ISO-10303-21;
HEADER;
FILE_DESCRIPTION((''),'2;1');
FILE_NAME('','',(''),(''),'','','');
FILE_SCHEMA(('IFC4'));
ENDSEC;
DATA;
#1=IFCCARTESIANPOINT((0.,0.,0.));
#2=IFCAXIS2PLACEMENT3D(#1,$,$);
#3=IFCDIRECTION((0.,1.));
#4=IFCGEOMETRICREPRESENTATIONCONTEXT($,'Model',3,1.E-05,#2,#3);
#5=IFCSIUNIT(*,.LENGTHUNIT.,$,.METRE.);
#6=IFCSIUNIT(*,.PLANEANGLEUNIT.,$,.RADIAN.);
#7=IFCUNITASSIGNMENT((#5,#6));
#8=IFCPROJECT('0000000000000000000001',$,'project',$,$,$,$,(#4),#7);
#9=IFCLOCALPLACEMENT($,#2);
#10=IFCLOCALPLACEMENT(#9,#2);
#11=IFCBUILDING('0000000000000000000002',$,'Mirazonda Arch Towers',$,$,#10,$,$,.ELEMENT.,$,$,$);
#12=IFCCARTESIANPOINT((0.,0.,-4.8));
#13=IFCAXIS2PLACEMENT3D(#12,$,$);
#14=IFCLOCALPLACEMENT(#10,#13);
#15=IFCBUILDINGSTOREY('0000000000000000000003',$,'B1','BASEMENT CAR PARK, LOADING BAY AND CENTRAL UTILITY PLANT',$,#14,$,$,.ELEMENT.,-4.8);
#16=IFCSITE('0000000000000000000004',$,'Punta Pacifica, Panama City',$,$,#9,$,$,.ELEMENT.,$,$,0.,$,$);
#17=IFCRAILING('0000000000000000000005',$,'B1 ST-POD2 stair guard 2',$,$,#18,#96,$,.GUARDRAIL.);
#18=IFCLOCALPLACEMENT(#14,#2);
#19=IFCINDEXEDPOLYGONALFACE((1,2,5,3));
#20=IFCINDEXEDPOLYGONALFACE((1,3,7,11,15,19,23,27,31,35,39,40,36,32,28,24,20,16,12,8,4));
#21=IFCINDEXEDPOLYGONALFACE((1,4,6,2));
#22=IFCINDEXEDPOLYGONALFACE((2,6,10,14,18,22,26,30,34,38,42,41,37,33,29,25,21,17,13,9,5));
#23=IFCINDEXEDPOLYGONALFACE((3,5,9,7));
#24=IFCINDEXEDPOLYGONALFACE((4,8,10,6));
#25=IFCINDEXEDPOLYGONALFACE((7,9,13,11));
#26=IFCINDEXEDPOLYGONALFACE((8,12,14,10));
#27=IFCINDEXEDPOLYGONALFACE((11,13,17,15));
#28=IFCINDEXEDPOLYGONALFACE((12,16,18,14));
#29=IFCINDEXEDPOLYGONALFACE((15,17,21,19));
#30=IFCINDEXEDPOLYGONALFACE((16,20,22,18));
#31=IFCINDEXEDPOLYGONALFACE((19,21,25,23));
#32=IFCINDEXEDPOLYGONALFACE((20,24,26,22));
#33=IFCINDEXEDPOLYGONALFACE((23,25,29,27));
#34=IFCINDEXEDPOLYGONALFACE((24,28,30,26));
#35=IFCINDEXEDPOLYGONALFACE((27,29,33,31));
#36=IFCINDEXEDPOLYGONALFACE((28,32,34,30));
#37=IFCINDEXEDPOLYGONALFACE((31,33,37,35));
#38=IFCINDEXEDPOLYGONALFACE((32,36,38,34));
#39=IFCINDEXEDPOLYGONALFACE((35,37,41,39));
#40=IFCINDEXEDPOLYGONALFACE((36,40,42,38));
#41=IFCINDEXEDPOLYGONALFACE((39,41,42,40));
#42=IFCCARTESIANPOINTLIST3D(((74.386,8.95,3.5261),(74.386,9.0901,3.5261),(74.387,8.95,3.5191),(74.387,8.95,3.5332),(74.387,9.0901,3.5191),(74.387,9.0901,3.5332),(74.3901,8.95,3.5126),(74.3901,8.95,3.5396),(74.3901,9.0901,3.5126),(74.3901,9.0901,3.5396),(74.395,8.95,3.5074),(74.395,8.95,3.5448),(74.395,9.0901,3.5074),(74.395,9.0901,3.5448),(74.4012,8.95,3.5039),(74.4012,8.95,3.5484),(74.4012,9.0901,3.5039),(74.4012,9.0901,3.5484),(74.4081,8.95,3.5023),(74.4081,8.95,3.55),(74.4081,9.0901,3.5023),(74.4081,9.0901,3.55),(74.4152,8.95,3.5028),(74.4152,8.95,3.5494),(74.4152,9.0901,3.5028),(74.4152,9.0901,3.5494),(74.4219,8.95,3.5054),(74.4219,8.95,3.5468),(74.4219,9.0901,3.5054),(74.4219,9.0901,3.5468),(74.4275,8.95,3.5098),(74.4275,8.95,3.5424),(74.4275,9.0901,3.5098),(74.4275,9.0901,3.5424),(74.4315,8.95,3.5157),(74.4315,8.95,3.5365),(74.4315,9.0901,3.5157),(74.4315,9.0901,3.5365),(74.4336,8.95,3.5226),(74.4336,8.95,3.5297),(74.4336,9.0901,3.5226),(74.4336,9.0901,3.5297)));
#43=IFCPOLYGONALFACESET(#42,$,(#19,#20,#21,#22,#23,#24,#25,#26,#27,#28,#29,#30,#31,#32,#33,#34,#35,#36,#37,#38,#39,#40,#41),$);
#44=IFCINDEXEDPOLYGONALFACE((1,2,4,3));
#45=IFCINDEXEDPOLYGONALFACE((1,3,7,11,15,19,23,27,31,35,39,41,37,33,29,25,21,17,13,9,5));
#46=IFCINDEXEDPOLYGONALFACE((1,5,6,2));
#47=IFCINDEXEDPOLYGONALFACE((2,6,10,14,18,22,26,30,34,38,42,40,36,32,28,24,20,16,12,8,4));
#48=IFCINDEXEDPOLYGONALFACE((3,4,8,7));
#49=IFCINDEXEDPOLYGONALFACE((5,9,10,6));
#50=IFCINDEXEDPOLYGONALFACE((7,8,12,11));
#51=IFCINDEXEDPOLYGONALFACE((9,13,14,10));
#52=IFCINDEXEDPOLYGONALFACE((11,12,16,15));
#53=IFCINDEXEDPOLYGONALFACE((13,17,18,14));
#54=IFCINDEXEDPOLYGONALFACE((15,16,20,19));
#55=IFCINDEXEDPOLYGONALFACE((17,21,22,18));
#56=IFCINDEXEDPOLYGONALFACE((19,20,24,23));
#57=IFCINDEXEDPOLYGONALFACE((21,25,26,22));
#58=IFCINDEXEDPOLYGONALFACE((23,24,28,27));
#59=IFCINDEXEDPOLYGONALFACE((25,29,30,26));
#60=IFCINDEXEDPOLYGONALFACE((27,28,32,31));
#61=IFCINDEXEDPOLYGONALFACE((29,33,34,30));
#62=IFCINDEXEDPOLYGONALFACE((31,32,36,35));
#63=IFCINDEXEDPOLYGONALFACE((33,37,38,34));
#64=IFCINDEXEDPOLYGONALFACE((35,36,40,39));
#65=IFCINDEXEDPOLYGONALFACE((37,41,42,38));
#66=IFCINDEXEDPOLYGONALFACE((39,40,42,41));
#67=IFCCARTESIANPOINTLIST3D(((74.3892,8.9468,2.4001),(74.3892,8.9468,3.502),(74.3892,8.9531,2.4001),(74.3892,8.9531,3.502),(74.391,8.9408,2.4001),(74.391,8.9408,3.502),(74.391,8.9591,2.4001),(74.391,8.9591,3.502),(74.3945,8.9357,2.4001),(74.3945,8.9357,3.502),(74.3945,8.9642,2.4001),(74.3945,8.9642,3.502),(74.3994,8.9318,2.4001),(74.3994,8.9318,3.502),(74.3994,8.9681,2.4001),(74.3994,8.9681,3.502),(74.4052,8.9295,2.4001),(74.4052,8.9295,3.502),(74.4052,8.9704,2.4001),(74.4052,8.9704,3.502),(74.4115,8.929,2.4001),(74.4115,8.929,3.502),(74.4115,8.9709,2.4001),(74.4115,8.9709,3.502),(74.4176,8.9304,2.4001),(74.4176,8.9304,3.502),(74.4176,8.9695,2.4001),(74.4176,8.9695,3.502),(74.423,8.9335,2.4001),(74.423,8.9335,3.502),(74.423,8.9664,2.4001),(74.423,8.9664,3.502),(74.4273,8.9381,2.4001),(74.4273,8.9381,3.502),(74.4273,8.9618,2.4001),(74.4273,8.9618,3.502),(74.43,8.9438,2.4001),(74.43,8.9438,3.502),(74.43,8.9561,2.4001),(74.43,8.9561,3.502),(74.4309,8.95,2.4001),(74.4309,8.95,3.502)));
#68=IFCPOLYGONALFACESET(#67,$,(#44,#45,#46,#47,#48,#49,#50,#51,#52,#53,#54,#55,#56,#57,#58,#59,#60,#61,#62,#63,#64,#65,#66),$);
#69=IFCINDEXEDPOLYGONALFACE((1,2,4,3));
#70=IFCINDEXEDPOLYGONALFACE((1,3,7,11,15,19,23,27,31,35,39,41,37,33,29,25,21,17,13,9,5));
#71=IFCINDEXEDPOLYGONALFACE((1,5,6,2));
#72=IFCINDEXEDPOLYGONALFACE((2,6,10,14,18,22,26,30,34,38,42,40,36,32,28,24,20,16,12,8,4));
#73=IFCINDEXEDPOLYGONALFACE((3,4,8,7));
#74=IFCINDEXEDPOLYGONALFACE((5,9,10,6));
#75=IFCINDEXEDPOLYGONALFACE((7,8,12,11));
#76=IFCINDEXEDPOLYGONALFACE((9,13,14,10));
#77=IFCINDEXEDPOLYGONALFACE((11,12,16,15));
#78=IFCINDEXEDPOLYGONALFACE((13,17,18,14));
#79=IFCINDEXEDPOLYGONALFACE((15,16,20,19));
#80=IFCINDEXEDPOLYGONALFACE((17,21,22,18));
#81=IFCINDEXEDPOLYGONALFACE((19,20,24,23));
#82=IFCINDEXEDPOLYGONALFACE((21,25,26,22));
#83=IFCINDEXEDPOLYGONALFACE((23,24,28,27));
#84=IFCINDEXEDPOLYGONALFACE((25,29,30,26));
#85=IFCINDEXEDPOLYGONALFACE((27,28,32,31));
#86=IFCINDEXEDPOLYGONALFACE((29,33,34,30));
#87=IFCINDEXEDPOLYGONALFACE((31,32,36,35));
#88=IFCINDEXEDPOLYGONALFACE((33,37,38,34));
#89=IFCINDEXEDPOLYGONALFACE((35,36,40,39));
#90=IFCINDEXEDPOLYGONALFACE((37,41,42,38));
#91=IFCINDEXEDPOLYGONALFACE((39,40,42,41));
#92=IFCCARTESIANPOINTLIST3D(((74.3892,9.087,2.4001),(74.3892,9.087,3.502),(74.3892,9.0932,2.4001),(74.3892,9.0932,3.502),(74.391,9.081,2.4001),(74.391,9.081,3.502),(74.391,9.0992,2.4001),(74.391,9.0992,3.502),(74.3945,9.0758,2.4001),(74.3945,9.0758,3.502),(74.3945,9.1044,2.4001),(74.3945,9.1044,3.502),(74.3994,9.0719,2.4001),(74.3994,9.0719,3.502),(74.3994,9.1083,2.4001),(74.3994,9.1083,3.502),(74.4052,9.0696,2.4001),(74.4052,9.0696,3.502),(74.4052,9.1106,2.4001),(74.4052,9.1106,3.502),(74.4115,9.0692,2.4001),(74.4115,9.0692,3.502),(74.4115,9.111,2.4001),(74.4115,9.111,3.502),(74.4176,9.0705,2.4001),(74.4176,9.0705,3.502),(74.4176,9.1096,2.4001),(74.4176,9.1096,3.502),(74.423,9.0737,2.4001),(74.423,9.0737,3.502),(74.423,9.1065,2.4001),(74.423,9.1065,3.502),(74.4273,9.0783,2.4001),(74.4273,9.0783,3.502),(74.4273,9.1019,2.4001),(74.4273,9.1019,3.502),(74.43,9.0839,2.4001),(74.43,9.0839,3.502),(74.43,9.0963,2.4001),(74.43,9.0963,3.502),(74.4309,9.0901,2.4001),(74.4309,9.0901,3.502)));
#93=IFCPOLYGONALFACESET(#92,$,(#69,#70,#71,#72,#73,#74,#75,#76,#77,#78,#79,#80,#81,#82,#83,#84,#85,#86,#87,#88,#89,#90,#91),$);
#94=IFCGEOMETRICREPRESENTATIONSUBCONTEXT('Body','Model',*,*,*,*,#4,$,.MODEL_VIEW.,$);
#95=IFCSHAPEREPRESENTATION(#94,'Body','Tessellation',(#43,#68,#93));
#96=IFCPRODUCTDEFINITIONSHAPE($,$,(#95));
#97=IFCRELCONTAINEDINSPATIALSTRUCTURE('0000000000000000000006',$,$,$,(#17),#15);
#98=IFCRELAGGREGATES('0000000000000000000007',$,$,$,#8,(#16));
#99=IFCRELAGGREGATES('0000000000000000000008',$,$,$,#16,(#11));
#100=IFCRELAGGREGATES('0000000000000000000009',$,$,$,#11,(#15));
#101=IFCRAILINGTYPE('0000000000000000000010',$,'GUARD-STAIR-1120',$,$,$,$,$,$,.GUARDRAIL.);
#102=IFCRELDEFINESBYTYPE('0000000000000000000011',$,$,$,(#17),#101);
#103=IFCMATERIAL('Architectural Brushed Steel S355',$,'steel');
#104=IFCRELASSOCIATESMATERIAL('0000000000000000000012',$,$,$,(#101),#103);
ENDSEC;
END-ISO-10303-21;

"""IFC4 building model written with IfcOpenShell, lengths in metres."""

from ifc_helpers import new_model, si_unit, direction, frame, origin, origin_2d, place, context, subcontext, project, spatial, circle, extrude, material, type_object, element, save


model = new_model("IFC4")

# Units and contexts
model_context = context("Model", 3, precision=1e-05, world=origin(), true_north=direction((0.0, 1.0)))
body_context = subcontext(model_context, "Body", "Model", "MODEL_VIEW")
ifc_project = project(units=[si_unit("LENGTHUNIT", "METRE"), si_unit("PLANEANGLEUNIT", "RADIAN")], contexts=[model_context])

# Site, building, storey
site_placement = place(None, origin())
site = spatial("IfcSite", under=ifc_project, at=site_placement, Name="Punta Pacifica, Panama City", CompositionType="ELEMENT", RefElevation=0.0)
building_placement = place(site_placement, origin())
building = spatial("IfcBuilding", under=site, at=building_placement, Name="Mirazonda Arch Towers", CompositionType="ELEMENT")
storey_placement = place(building_placement, frame((0.0, 0.0, -4.8)))
storey = spatial("IfcBuildingStorey", under=building, at=storey_placement, Name="B1", Description="BASEMENT CAR PARK, LOADING BAY AND CENTRAL UTILITY PLANT", CompositionType="ELEMENT", Elevation=-4.8)

# Railing
ifc_material_1 = material(Name="Architectural Brushed Steel S355", Category="steel")
railing_type_1 = type_object("IfcRailingType", Name="GUARD-STAIR-1120", PredefinedType="GUARDRAIL", material=ifc_material_1)
railing_1_placement = place(storey_placement, frame((74.4099, 8.95, 2.4001)))
element("IfcRailing", 1, at=railing_1_placement, inside=storey, type_object=railing_type_1, Name="B1 ST-POD2 stair guard 2", PredefinedType="GUARDRAIL", context=body_context, shape_type="SweptSolid", body=[
    extrude(circle(Radius=0.0239, at=origin_2d()), frame((0.0, 0.0, 1.126), z_axis=(0.0, 1.0, 0.0), x_axis=(-1.0, 0.0, 0.0)), (0.0, 0.0, 1.0), 0.1401),
    extrude(circle(Radius=0.021, at=origin_2d()), origin(), (0.0, 0.0, 1.0), 1.1018),
    extrude(circle(Radius=0.021, at=origin_2d()), frame((0.0, 0.1401, 0.0)), (0.0, 0.0, 1.0), 1.1018),
])

save(model, "model.ifc")
